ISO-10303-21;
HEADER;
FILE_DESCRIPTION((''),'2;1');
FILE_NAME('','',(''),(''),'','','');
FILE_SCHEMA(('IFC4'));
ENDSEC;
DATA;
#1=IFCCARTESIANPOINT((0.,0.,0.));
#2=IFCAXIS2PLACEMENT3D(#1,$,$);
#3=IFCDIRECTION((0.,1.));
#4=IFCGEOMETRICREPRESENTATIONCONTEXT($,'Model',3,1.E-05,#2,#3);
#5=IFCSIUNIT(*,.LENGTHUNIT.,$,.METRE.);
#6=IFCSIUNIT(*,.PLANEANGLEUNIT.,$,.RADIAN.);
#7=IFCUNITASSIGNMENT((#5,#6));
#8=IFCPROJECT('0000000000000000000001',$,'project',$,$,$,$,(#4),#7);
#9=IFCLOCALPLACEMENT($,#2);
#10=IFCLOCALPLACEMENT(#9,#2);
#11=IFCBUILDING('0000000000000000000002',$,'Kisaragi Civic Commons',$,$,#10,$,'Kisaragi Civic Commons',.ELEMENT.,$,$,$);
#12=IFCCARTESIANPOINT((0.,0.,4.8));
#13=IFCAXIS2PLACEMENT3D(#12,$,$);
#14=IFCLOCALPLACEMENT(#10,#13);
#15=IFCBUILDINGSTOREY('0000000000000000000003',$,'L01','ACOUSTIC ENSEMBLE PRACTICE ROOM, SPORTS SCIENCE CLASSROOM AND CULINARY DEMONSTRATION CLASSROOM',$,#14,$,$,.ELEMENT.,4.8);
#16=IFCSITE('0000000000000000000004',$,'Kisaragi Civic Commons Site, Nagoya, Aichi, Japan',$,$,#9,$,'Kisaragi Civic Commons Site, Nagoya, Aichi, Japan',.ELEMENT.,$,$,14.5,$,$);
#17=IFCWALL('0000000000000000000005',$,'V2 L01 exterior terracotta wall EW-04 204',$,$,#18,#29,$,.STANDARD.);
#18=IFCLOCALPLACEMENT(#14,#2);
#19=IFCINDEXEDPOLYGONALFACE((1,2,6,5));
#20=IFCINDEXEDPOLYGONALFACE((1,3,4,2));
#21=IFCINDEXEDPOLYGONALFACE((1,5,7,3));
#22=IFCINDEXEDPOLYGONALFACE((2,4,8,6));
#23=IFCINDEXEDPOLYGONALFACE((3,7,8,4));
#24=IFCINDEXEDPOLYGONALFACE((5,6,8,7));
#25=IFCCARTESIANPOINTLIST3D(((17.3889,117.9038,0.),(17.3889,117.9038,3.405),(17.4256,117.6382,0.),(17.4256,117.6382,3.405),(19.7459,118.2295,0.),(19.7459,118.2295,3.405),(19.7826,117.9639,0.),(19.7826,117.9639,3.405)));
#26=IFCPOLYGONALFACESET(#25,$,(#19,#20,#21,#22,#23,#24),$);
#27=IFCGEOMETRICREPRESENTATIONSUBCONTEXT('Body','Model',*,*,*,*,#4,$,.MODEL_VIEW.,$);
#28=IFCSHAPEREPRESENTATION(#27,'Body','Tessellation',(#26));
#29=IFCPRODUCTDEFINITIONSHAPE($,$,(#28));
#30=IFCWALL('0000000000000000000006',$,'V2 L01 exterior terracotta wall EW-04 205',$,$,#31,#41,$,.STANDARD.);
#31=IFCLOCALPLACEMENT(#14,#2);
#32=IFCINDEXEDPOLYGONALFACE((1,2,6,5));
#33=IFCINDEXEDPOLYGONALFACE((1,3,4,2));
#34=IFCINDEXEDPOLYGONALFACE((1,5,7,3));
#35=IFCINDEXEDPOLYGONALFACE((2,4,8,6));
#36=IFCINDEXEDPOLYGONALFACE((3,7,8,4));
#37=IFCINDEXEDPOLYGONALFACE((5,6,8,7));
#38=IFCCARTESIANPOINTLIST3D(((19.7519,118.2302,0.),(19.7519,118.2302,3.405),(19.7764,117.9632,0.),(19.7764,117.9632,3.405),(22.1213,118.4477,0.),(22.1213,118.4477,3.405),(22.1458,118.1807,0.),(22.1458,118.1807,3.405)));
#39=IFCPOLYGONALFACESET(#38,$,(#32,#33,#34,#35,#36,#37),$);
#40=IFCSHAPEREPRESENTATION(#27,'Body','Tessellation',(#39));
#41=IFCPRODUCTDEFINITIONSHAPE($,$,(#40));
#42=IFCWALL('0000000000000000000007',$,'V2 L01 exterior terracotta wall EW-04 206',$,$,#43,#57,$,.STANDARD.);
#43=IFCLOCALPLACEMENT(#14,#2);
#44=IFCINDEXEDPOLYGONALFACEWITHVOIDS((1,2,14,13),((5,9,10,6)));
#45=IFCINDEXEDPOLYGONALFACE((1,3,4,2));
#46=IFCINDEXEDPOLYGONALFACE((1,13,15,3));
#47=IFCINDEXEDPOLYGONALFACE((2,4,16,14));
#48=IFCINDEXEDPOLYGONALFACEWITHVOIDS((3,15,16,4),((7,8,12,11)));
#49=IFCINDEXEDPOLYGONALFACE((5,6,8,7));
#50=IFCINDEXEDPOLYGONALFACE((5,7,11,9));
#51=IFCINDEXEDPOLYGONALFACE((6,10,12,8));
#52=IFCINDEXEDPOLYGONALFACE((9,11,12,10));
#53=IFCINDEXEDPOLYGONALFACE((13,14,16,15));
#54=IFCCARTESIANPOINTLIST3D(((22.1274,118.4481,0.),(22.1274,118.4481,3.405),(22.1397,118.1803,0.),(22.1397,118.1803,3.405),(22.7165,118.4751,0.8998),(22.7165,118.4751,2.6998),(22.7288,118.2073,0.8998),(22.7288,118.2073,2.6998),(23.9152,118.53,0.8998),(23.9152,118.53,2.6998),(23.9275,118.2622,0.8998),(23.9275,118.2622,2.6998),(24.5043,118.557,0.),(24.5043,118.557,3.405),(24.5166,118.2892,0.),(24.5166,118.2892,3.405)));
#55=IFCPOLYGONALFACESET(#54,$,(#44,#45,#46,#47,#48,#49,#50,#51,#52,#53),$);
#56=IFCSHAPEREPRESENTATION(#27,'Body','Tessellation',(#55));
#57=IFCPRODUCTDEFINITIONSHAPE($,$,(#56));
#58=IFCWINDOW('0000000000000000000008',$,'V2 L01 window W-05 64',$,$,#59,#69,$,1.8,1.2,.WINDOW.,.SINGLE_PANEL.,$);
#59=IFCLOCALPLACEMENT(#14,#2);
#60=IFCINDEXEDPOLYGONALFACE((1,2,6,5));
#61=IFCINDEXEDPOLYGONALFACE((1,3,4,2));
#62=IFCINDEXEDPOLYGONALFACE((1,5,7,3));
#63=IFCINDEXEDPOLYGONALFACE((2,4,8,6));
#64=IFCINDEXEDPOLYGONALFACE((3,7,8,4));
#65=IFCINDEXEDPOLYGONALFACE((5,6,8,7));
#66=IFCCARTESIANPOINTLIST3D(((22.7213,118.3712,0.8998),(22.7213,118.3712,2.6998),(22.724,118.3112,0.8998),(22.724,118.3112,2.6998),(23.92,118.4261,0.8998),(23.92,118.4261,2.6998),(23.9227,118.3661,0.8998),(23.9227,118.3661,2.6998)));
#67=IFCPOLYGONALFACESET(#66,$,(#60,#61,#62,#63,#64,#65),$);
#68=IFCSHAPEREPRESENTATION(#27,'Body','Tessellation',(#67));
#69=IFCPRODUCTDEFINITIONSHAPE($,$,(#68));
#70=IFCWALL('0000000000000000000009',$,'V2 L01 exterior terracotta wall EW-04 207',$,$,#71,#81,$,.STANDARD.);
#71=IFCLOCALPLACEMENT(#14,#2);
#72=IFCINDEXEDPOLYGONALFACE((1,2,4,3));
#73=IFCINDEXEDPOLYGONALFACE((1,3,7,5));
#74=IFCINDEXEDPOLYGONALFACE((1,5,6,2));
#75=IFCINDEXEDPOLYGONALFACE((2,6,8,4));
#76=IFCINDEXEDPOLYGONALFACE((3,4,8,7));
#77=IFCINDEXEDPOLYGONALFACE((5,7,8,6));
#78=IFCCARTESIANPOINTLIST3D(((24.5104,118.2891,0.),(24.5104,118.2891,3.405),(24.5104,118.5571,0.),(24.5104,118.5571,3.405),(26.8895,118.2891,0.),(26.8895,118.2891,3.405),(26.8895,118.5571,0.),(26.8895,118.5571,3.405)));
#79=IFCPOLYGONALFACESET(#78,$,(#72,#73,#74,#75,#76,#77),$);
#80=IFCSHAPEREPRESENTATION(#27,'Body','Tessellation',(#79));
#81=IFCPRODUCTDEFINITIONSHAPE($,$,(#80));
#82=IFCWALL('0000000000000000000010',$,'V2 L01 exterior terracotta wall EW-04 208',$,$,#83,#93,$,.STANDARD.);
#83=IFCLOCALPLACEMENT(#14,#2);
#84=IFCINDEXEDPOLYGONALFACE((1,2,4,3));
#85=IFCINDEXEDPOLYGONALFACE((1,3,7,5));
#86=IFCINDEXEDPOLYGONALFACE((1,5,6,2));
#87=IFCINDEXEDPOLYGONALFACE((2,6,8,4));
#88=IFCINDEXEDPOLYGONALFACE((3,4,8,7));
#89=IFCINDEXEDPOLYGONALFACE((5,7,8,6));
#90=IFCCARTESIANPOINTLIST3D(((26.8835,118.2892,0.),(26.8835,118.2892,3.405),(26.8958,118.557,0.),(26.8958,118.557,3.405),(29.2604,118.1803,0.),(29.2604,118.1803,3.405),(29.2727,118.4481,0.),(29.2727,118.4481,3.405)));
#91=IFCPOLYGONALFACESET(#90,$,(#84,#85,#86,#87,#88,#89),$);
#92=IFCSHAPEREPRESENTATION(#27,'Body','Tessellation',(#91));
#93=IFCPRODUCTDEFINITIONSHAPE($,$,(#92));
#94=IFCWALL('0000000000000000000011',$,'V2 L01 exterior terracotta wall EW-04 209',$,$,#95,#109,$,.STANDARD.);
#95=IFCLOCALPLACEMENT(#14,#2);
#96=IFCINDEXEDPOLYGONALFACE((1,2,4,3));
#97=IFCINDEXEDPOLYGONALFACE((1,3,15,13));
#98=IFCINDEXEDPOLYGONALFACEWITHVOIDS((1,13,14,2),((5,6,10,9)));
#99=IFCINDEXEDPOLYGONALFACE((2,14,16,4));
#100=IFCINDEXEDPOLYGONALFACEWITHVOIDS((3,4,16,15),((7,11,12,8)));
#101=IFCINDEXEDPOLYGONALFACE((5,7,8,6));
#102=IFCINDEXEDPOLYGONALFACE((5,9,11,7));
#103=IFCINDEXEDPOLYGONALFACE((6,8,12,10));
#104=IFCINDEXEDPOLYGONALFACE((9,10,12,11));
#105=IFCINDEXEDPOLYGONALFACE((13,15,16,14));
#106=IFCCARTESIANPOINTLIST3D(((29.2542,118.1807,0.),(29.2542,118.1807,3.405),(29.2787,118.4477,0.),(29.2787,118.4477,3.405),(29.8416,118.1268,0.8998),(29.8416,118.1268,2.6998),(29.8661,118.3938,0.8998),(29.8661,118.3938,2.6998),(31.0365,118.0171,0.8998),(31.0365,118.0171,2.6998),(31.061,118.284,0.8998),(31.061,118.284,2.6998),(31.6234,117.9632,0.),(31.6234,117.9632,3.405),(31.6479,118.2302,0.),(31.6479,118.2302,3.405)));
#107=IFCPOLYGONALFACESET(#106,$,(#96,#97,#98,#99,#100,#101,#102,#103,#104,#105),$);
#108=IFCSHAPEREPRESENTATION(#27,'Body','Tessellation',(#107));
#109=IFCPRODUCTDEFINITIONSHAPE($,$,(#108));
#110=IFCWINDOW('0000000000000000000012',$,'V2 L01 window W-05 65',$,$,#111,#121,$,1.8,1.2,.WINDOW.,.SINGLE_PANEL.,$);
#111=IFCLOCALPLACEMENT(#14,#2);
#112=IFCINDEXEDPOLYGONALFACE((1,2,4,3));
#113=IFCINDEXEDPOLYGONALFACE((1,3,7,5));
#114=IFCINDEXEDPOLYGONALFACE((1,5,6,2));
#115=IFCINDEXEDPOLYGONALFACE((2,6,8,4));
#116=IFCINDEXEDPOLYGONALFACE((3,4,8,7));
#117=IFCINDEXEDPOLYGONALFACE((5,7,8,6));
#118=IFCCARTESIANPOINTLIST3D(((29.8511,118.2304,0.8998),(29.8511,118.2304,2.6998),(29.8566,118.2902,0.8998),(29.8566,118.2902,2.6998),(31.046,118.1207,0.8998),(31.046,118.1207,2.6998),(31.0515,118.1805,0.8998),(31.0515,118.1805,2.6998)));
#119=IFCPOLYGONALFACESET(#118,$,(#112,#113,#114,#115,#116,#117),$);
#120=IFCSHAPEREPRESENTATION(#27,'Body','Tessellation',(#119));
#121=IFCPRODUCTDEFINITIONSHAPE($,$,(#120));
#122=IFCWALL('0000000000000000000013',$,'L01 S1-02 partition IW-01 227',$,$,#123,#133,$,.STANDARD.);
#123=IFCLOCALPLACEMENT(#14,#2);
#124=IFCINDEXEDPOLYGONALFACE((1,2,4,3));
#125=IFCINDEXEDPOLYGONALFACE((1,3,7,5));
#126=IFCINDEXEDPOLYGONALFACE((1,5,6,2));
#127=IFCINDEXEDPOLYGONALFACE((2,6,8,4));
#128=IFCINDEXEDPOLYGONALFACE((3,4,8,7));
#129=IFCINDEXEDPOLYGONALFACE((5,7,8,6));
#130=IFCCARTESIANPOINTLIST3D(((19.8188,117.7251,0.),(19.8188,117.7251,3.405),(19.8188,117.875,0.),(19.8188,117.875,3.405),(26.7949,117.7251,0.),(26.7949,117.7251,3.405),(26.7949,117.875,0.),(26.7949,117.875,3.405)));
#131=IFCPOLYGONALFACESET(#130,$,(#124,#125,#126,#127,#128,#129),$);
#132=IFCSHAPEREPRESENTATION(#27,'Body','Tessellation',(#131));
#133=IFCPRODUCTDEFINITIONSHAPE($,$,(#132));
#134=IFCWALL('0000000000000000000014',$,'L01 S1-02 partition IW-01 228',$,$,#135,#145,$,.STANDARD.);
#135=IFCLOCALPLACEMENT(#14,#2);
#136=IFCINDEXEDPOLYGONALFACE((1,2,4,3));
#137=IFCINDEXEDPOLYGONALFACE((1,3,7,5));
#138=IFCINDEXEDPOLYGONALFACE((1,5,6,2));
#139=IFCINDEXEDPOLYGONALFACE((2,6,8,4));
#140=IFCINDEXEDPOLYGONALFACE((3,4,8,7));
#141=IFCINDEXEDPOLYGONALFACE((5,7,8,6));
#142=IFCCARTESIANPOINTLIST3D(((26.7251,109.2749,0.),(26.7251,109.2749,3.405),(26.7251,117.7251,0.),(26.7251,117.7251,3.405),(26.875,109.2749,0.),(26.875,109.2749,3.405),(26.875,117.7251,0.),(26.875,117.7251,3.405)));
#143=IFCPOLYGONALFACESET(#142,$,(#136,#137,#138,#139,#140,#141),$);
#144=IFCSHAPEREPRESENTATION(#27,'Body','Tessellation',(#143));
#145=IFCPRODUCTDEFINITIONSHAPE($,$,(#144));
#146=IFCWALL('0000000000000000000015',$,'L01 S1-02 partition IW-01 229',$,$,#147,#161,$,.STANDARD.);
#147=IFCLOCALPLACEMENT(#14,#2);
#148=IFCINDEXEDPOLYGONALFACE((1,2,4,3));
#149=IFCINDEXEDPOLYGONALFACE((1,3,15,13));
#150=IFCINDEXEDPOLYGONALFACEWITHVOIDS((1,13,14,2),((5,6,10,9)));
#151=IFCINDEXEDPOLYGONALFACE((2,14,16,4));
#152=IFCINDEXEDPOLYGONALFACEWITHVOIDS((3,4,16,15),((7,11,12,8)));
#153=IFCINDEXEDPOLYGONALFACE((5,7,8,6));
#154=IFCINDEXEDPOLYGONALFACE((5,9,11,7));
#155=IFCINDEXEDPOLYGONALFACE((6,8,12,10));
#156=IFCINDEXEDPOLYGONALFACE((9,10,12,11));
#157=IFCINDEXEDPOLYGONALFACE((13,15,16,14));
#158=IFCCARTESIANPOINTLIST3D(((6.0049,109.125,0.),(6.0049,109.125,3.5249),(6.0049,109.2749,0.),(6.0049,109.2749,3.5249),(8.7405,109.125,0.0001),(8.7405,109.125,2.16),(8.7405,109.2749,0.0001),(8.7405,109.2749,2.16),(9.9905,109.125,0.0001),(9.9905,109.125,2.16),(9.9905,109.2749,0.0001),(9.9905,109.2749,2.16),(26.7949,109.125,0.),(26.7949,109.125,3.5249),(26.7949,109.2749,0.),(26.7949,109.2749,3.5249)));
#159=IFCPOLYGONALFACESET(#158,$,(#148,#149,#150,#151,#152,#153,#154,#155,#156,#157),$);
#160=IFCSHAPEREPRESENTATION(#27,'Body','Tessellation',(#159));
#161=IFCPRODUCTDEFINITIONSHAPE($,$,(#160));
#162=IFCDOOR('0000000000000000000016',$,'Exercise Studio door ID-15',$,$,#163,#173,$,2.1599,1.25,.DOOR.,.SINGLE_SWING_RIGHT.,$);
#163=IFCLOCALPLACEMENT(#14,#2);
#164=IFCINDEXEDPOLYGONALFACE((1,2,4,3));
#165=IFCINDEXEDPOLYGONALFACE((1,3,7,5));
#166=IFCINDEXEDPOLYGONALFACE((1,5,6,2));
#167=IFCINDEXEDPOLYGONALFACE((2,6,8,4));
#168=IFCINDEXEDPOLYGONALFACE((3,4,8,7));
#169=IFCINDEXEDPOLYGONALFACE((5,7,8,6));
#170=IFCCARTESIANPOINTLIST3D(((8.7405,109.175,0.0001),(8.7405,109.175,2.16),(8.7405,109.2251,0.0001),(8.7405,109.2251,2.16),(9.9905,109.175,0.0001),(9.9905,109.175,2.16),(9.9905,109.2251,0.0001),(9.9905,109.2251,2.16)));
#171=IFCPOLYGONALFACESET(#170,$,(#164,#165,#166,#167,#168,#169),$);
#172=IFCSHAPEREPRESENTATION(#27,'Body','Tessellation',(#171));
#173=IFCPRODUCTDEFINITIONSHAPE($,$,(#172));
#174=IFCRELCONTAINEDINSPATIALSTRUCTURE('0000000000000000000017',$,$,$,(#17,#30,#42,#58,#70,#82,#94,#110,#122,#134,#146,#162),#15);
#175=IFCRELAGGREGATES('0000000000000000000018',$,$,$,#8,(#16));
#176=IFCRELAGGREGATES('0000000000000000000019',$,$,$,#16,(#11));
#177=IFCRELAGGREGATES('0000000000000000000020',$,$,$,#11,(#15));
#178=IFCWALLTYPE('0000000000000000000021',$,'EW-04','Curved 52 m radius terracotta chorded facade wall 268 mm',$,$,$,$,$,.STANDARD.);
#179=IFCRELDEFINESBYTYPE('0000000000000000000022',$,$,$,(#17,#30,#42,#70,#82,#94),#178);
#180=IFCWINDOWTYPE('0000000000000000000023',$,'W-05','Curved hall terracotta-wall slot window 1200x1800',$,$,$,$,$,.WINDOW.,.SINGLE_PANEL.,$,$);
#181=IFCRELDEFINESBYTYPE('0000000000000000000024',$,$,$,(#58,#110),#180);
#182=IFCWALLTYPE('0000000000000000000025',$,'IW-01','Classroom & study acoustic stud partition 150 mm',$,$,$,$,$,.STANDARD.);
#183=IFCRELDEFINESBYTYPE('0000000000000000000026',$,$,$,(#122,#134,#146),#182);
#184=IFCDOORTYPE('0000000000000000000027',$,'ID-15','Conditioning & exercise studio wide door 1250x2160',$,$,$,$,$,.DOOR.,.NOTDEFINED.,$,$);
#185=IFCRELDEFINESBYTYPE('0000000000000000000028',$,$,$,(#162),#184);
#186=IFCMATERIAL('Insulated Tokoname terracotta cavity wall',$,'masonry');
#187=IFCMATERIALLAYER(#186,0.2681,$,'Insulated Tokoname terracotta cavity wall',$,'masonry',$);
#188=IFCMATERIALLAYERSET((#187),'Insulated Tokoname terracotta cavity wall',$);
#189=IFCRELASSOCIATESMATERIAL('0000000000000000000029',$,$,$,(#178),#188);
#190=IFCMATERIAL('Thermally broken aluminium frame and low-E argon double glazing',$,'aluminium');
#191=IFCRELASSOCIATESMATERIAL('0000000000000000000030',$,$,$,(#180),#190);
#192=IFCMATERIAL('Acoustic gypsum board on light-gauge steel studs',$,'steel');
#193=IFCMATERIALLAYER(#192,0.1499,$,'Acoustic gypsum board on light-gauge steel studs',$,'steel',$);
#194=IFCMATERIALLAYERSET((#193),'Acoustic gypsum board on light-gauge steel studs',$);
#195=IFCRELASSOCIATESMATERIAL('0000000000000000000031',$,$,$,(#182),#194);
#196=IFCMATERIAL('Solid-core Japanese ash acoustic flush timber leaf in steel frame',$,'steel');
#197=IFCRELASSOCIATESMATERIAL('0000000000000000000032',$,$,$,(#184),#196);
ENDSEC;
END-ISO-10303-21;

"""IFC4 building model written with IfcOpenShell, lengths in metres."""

from ifc_helpers import new_model, si_unit, direction, frame, frame_2d, origin, place, context, subcontext, project, spatial, rectangle, extrude, material, layer, layer_set, type_object, element, fill, save


model = new_model("IFC4")

# Units and contexts
model_context = context("Model", 3, precision=1e-05, world=origin(), true_north=direction((0.0, 1.0)))
body_context = subcontext(model_context, "Body", "Model", "MODEL_VIEW")
ifc_project = project(units=[si_unit("LENGTHUNIT", "METRE"), si_unit("PLANEANGLEUNIT", "RADIAN")], contexts=[model_context])

# Site, building, storey
site_placement = place(None, origin())
site = spatial("IfcSite", under=ifc_project, at=site_placement, Name="Kisaragi Civic Commons Site, Nagoya, Aichi, Japan", LongName="Kisaragi Civic Commons Site, Nagoya, Aichi, Japan", CompositionType="ELEMENT", RefElevation=14.5)
building_placement = place(site_placement, origin())
building = spatial("IfcBuilding", under=site, at=building_placement, Name="Kisaragi Civic Commons", LongName="Kisaragi Civic Commons", CompositionType="ELEMENT")
storey_placement = place(building_placement, frame((0.0, 0.0, 4.8)))
storey = spatial("IfcBuildingStorey", under=building, at=storey_placement, Name="L01", Description="ACOUSTIC ENSEMBLE PRACTICE ROOM, SPORTS SCIENCE CLASSROOM AND CULINARY DEMONSTRATION CLASSROOM", CompositionType="ELEMENT", Elevation=4.8)

# Shared definitions
ifc_material_1 = material(Name="Insulated Tokoname terracotta cavity wall", Category="masonry")
ifc_layer_1 = layer(ifc_material_1, 0.2681, Name="Insulated Tokoname terracotta cavity wall", Category="masonry")
ifc_layer_set_1 = layer_set([ifc_layer_1], Name="Insulated Tokoname terracotta cavity wall")
wall_type_1 = type_object("IfcWallType", Name="EW-04", Description="Curved 52 m radius terracotta chorded facade wall 268 mm", PredefinedType="STANDARD", material=ifc_layer_set_1)

# Shared definitions
ifc_material_2 = material(Name="Thermally broken aluminium frame and low-E argon double glazing", Category="aluminium")
window_type = type_object("IfcWindowType", Name="W-05", Description="Curved hall terracotta-wall slot window 1200x1800", PartitioningType="SINGLE_PANEL", PredefinedType="WINDOW", material=ifc_material_2)

# Walls
for number, where, z_axis, x_axis, name in (
    (1, (17.4072, 117.771, 0.0), (0.0, 0.0, 1.0), (0.990588, 0.13688, 0.0), "V2 L01 exterior terracotta wall EW-04 204"),
    (2, (19.7642, 118.0967, 0.0), (0.0, 0.0, 1.0), (0.995812, 0.091424, 0.0), "V2 L01 exterior terracotta wall EW-04 205"),
):
    element("IfcWall", number, at=place(storey_placement, frame(where, z_axis=z_axis, x_axis=x_axis)), inside=storey, type_object=wall_type_1, Name=name, PredefinedType="STANDARD", context=body_context, shape_type="SweptSolid", body=[
        extrude(rectangle(XDim=2.3794, YDim=0.2681, at=frame_2d((1.1897, 0.0))), origin(), (0.0, 0.0, 1.0), 3.405),
    ])

# Wall, opening, window
wall_1_placement = place(storey_placement, frame((22.1335, 118.3142, 0.0), z_axis=(0.0, 0.0, 1.0), x_axis=(0.998952, 0.045761, 0.0)))
wall_1 = element("IfcWall", 3, at=wall_1_placement, inside=storey, type_object=wall_type_1, Name="V2 L01 exterior terracotta wall EW-04 206", PredefinedType="STANDARD", context=body_context, shape_type="SweptSolid", body=[
    extrude(rectangle(XDim=2.3794, YDim=0.2681, at=frame_2d((1.1897, 0.0))), origin(), (0.0, 0.0, 1.0), 3.405),
])
opening_1_placement = place(wall_1_placement, frame((0.5896, 0.0, 0.8999)))
opening_1 = element("IfcOpeningElement", 4, at=opening_1_placement, cuts=wall_1, PredefinedType="OPENING", context=body_context, shape_type="SweptSolid", body=[
    extrude(rectangle(XDim=1.2, YDim=1.8, at=frame_2d((0.6001, 0.8999))), frame((0.0, 0.144, 0.0), z_axis=(0.0, -1.0, 0.0), x_axis=(1.0, 0.0, 0.0)), (0.0, 0.0, 1.0), 0.2881),
])
window_1_placement = place(opening_1_placement, origin())
window_1 = element("IfcWindow", 5, at=window_1_placement, inside=storey, type_object=window_type, Name="V2 L01 window W-05 64", OverallHeight=1.8, OverallWidth=1.2, PartitioningType="SINGLE_PANEL", PredefinedType="WINDOW", context=body_context, shape_type="SweptSolid", body=[
    extrude(rectangle(XDim=1.2, YDim=1.8, at=frame_2d((0.6001, 0.8999))), frame((0.0, 0.03, 0.0), z_axis=(0.0, -1.0, 0.0), x_axis=(1.0, 0.0, 0.0)), (0.0, 0.0, 1.0), 0.0601),
])
fill(opening_1, window_1)

# Walls
wall_2_placement = place(storey_placement, frame((24.5105, 118.4231, 0.0), z_axis=(0.0, 0.0, 1.0), x_axis=(1.0, 0.0, 0.0)))
element("IfcWall", 6, at=wall_2_placement, inside=storey, type_object=wall_type_1, Name="V2 L01 exterior terracotta wall EW-04 207", PredefinedType="STANDARD", context=body_context, shape_type="SweptSolid", body=[
    extrude(rectangle(XDim=2.3792, YDim=0.2681, at=frame_2d((1.1895, 0.0))), origin(), (0.0, 0.0, 1.0), 3.405),
])
wall_3_placement = place(storey_placement, frame((26.8896, 118.4231, 0.0), z_axis=(0.0, 0.0, 1.0), x_axis=(0.998952, -0.045761, 0.0)))
element("IfcWall", 7, at=wall_3_placement, inside=storey, type_object=wall_type_1, Name="V2 L01 exterior terracotta wall EW-04 208", PredefinedType="STANDARD", context=body_context, shape_type="SweptSolid", body=[
    extrude(rectangle(XDim=2.3794, YDim=0.2681, at=frame_2d((1.1897, 0.0))), origin(), (0.0, 0.0, 1.0), 3.405),
])

# Wall, opening, window
wall_4_placement = place(storey_placement, frame((29.2666, 118.3142, 0.0), z_axis=(0.0, 0.0, 1.0), x_axis=(0.995811, -0.091433, 0.0)))
wall_4 = element("IfcWall", 8, at=wall_4_placement, inside=storey, type_object=wall_type_1, Name="V2 L01 exterior terracotta wall EW-04 209", PredefinedType="STANDARD", context=body_context, shape_type="SweptSolid", body=[
    extrude(rectangle(XDim=2.3792, YDim=0.2681, at=frame_2d((1.1895, 0.0))), origin(), (0.0, 0.0, 1.0), 3.405),
])
opening_2_placement = place(wall_4_placement, frame((0.5896, 0.0, 0.8999)))
opening_2 = element("IfcOpeningElement", 9, at=opening_2_placement, cuts=wall_4, PredefinedType="OPENING", context=body_context, shape_type="SweptSolid", body=[
    extrude(rectangle(XDim=1.2, YDim=1.8, at=frame_2d((0.6001, 0.8999))), frame((0.0, 0.144, 0.0), z_axis=(0.0, -1.0, 0.0), x_axis=(1.0, 0.0, 0.0)), (0.0, 0.0, 1.0), 0.2881),
])
window_2_placement = place(opening_2_placement, origin())
window_2 = element("IfcWindow", 10, at=window_2_placement, inside=storey, type_object=window_type, Name="V2 L01 window W-05 65", OverallHeight=1.8, OverallWidth=1.2, PartitioningType="SINGLE_PANEL", PredefinedType="WINDOW", context=body_context, shape_type="SweptSolid", body=[
    extrude(rectangle(XDim=1.2, YDim=1.8, at=frame_2d((0.6001, 0.8999))), frame((0.0, 0.03, 0.0), z_axis=(0.0, -1.0, 0.0), x_axis=(1.0, 0.0, 0.0)), (0.0, 0.0, 1.0), 0.0601),
])
fill(opening_2, window_2)

# Walls
ifc_material_3 = material(Name="Acoustic gypsum board on light-gauge steel studs", Category="steel")
ifc_layer_2 = layer(ifc_material_3, 0.1499, Name="Acoustic gypsum board on light-gauge steel studs", Category="steel")
ifc_layer_set_2 = layer_set([ifc_layer_2], Name="Acoustic gypsum board on light-gauge steel studs")
wall_type_2 = type_object("IfcWallType", Name="IW-01", Description="Classroom & study acoustic stud partition 150 mm", PredefinedType="STANDARD", material=ifc_layer_set_2)
wall_5_placement = place(storey_placement, frame((19.8188, 117.8, 0.0), z_axis=(0.0, 0.0, 1.0), x_axis=(1.0, 0.0, 0.0)))
element("IfcWall", 11, at=wall_5_placement, inside=storey, type_object=wall_type_2, Name="L01 S1-02 partition IW-01 227", PredefinedType="STANDARD", context=body_context, shape_type="SweptSolid", body=[
    extrude(rectangle(XDim=6.9761, YDim=0.1499, at=frame_2d((3.488, 0.0))), origin(), (0.0, 0.0, 1.0), 3.405),
])
wall_6_placement = place(storey_placement, frame((26.8, 117.7251, 0.0), z_axis=(0.0, 0.0, 1.0), x_axis=(0.0, -1.0, 0.0)))
element("IfcWall", 12, at=wall_6_placement, inside=storey, type_object=wall_type_2, Name="L01 S1-02 partition IW-01 228", PredefinedType="STANDARD", context=body_context, shape_type="SweptSolid", body=[
    extrude(rectangle(XDim=8.4502, YDim=0.1499, at=frame_2d((4.2251, 0.0))), origin(), (0.0, 0.0, 1.0), 3.405),
])

# Wall, opening, door
wall_7_placement = place(storey_placement, frame((26.7949, 109.2, 0.0), z_axis=(0.0, 0.0, 1.0), x_axis=(-1.0, 0.0, 0.0)))
wall_7 = element("IfcWall", 13, at=wall_7_placement, inside=storey, type_object=wall_type_2, Name="L01 S1-02 partition IW-01 229", PredefinedType="STANDARD", context=body_context, shape_type="SweptSolid", body=[
    extrude(rectangle(XDim=20.79, YDim=0.1499, at=frame_2d((10.395, 0.0))), origin(), (0.0, 0.0, 1.0), 3.5249),
])
opening_3_placement = place(wall_7_placement, frame((16.8044, 0.0, 0.0)))
opening_3 = element("IfcOpeningElement", 14, at=opening_3_placement, cuts=wall_7, PredefinedType="OPENING", context=body_context, shape_type="SweptSolid", body=[
    extrude(rectangle(XDim=1.25, YDim=2.1599, at=frame_2d((0.625, 1.0801))), frame((0.0, 0.085, 0.0), z_axis=(0.0, -1.0, 0.0), x_axis=(1.0, 0.0, 0.0)), (0.0, 0.0, 1.0), 0.1699),
])
ifc_material_4 = material(Name="Solid-core Japanese ash acoustic flush timber leaf in steel frame", Category="steel")
door_type = type_object("IfcDoorType", Name="ID-15", Description="Conditioning & exercise studio wide door 1250x2160", OperationType="NOTDEFINED", PredefinedType="DOOR", material=ifc_material_4)
door_placement = place(opening_3_placement, origin())
door = element("IfcDoor", 15, at=door_placement, inside=storey, type_object=door_type, Name="Exercise Studio door ID-15", OperationType="SINGLE_SWING_RIGHT", OverallHeight=2.1599, OverallWidth=1.25, PredefinedType="DOOR", context=body_context, shape_type="SweptSolid", body=[
    extrude(rectangle(XDim=1.25, YDim=2.1599, at=frame_2d((0.625, 1.0801))), frame((0.0, 0.0249, 0.0), z_axis=(0.0, -1.0, 0.0), x_axis=(1.0, 0.0, 0.0)), (0.0, 0.0, 1.0), 0.05),
])
fill(opening_3, door)

save(model, "model.ifc")
